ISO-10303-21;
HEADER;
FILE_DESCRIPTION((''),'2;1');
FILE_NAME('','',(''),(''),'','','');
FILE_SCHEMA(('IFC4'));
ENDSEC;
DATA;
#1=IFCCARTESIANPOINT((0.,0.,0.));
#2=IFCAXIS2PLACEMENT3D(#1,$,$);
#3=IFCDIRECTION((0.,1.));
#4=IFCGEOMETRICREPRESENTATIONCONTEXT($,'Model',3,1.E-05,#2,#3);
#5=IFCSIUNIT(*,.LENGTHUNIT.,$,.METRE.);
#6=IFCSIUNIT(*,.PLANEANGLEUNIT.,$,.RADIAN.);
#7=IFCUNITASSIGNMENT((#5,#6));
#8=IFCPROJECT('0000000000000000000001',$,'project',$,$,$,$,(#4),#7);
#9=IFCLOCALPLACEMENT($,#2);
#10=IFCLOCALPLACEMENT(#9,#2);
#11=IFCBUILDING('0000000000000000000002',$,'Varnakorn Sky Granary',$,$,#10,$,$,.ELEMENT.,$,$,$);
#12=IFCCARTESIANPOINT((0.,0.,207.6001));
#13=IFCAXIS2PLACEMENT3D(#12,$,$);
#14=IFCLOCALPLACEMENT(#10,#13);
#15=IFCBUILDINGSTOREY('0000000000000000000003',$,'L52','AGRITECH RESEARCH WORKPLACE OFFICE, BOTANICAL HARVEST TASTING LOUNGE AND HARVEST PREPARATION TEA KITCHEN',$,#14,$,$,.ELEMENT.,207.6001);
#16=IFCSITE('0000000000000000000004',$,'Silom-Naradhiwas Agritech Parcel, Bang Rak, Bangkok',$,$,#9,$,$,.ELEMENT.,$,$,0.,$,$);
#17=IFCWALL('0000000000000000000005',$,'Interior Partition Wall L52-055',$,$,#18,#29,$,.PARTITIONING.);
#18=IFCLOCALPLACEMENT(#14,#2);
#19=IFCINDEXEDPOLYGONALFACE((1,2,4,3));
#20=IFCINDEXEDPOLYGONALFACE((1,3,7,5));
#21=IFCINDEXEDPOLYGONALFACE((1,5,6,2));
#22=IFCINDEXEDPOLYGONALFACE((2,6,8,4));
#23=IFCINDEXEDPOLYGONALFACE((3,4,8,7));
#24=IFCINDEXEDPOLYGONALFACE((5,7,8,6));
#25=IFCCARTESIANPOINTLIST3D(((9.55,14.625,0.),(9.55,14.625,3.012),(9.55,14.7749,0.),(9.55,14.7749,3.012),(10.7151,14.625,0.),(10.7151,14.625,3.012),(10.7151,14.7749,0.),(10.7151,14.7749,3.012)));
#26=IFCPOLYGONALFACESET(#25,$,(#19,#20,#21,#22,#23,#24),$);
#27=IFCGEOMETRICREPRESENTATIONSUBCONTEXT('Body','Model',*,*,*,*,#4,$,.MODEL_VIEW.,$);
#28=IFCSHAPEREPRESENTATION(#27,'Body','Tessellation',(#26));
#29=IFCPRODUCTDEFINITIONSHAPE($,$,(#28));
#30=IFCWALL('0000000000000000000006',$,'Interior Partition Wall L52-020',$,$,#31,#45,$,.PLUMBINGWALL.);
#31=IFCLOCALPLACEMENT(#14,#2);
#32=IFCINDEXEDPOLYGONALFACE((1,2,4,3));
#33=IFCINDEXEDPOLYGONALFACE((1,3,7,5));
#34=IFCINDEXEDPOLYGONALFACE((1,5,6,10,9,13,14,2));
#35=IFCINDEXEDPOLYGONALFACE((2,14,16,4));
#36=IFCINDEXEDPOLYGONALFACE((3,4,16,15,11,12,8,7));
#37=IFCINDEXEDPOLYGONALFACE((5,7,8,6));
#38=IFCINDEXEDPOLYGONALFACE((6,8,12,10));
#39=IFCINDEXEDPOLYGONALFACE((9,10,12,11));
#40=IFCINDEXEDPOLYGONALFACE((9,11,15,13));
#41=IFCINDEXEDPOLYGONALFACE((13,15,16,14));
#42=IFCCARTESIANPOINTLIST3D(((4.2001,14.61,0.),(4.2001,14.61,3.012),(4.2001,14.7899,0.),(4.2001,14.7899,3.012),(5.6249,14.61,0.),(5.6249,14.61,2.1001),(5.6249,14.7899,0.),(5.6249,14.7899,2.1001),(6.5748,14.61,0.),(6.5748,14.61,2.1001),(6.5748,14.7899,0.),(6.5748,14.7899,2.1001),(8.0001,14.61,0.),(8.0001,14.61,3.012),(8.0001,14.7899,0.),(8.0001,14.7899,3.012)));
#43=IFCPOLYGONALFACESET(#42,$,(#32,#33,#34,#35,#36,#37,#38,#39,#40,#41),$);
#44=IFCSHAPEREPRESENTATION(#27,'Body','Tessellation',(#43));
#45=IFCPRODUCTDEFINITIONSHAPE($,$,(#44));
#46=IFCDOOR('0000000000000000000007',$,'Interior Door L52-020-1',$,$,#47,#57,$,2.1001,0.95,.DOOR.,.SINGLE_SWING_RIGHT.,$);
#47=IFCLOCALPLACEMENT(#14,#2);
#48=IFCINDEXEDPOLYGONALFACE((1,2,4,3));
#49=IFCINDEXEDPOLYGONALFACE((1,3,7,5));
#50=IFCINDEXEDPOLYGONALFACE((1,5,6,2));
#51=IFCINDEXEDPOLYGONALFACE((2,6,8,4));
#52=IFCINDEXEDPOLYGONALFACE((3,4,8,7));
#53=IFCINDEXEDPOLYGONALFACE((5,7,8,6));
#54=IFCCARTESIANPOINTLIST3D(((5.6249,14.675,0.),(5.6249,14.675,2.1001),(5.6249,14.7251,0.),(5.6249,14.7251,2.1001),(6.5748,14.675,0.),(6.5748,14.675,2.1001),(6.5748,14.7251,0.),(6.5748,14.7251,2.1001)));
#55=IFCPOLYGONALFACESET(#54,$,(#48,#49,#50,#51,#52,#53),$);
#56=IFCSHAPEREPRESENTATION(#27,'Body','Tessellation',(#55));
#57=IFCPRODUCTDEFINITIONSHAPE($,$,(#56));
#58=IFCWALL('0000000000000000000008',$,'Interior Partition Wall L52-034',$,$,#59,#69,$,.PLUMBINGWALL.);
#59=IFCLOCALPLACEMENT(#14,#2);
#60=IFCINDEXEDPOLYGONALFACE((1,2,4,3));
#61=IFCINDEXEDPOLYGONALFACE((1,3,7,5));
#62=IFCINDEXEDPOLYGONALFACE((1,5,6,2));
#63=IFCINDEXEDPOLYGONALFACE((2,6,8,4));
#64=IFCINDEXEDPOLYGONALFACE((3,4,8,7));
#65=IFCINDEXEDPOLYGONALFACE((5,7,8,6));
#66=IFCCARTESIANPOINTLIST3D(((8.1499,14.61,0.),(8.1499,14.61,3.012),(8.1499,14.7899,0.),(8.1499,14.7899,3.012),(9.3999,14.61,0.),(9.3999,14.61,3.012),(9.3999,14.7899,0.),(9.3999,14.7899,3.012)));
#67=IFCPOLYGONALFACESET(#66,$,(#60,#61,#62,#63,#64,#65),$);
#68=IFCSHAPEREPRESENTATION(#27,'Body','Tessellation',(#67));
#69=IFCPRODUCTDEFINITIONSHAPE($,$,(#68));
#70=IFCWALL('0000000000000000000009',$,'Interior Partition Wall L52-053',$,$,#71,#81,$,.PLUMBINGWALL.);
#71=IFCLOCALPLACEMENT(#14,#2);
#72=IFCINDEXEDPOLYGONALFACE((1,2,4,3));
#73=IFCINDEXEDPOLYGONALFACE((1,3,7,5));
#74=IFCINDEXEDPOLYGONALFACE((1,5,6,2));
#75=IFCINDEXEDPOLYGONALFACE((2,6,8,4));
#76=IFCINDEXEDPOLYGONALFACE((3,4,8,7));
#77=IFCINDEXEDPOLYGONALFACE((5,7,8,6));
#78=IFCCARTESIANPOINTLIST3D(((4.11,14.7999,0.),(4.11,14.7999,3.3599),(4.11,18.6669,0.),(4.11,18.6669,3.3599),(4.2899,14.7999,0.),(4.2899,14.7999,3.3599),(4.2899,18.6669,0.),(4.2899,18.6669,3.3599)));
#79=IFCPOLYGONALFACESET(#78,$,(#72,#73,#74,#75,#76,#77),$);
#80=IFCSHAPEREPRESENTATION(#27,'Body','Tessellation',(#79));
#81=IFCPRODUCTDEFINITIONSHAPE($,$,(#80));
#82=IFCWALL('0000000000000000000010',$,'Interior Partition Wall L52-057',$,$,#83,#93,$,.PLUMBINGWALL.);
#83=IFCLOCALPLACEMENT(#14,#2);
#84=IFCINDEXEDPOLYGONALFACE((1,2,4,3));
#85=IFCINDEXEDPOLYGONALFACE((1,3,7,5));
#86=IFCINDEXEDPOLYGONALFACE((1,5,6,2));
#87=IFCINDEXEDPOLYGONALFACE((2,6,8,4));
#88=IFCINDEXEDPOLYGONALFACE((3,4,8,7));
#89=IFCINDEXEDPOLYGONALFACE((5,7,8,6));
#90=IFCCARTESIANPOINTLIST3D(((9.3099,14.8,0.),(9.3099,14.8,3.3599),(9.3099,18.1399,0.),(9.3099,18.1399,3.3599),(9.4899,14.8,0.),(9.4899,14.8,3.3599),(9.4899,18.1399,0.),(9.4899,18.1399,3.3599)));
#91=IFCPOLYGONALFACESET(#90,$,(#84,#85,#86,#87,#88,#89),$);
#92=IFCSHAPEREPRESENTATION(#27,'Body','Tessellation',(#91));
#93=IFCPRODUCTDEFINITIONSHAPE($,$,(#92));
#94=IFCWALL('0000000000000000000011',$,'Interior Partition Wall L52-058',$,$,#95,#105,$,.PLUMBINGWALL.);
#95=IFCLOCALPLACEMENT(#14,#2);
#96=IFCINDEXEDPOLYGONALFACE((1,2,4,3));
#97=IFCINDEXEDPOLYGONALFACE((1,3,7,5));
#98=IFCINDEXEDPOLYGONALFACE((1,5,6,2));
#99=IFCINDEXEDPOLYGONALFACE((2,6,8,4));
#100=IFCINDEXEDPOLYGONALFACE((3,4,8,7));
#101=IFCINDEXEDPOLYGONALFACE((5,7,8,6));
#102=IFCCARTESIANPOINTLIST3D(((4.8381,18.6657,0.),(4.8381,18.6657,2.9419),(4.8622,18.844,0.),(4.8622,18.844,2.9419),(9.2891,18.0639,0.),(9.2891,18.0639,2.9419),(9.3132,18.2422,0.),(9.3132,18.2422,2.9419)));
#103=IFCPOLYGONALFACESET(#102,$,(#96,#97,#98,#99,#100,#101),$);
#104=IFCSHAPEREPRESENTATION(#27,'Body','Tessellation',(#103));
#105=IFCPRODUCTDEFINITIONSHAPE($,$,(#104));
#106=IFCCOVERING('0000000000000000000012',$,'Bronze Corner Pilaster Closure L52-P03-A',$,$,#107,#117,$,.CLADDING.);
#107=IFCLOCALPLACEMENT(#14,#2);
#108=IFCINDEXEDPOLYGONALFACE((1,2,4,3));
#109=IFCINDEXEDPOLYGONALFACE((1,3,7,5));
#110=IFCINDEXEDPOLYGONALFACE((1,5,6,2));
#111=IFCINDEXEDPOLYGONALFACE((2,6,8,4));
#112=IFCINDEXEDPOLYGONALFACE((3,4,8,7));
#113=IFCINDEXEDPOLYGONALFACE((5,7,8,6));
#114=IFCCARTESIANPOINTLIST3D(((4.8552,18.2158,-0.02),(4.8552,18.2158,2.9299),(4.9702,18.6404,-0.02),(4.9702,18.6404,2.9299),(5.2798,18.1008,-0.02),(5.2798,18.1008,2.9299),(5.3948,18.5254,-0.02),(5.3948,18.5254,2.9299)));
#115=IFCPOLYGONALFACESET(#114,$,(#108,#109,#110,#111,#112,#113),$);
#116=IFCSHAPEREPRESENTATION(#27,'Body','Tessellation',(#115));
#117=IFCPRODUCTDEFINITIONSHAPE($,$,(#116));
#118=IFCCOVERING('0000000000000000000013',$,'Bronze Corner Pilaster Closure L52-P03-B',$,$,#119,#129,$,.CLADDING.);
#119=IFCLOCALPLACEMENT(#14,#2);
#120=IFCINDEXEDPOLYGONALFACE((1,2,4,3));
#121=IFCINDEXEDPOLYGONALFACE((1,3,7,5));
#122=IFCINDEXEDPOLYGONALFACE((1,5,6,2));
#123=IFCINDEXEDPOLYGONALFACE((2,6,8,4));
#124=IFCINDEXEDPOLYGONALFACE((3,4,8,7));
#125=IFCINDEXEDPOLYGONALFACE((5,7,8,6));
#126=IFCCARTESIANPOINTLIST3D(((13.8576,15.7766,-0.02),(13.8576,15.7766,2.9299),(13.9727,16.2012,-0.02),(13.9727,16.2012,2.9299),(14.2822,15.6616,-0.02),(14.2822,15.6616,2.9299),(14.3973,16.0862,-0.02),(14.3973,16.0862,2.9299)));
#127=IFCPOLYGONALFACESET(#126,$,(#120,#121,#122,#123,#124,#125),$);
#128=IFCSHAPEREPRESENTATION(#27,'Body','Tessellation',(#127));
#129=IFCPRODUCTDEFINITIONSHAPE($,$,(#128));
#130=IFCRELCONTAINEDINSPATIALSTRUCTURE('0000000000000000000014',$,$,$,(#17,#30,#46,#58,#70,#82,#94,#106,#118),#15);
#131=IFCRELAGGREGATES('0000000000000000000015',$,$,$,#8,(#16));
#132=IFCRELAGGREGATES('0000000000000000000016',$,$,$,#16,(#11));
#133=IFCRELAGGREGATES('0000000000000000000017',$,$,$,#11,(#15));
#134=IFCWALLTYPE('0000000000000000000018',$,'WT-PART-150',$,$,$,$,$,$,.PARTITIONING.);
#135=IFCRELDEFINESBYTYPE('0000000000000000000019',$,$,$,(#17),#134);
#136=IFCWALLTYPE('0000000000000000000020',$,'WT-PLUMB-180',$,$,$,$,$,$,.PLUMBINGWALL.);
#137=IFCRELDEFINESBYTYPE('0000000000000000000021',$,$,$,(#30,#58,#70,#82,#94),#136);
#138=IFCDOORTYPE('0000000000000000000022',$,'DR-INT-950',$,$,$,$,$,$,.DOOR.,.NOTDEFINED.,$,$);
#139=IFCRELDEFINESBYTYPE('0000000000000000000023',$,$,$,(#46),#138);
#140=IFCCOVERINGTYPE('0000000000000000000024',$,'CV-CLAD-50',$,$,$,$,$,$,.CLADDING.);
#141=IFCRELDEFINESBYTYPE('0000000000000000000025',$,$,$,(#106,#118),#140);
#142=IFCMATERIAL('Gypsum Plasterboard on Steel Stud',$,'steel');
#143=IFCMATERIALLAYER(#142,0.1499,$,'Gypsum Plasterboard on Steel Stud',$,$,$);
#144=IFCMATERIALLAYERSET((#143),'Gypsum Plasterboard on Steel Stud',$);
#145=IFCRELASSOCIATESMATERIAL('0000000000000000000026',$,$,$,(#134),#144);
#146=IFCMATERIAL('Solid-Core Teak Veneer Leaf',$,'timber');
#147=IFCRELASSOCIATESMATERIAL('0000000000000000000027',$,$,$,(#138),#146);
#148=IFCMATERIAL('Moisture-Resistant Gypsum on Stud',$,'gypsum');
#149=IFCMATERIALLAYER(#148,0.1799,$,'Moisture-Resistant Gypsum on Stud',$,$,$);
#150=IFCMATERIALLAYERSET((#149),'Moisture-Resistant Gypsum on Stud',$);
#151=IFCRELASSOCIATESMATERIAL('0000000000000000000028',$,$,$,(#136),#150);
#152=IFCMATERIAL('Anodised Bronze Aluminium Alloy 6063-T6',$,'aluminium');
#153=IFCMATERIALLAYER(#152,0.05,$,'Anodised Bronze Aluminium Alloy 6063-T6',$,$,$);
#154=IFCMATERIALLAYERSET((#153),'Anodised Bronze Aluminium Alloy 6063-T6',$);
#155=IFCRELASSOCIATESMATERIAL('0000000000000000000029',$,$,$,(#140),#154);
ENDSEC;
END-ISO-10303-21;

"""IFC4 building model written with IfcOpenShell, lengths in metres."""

from ifc_helpers import new_model, si_unit, direction, frame, frame_2d, origin, origin_2d, place, context, subcontext, project, spatial, rectangle, extrude, source, transform, mapped, material, layer, layer_set, type_object, type_shapes, element, fill, save


model = new_model("IFC4")

# Units and contexts
model_context = context("Model", 3, precision=1e-05, world=origin(), true_north=direction((0.0, 1.0)))
body_context = subcontext(model_context, "Body", "Model", "MODEL_VIEW")
ifc_project = project(units=[si_unit("LENGTHUNIT", "METRE"), si_unit("PLANEANGLEUNIT", "RADIAN")], contexts=[model_context])

# Site, building, storey
site_placement = place(None, origin())
site = spatial("IfcSite", under=ifc_project, at=site_placement, Name="Silom-Naradhiwas Agritech Parcel, Bang Rak, Bangkok", CompositionType="ELEMENT", RefElevation=0.0)
building_placement = place(site_placement, origin())
building = spatial("IfcBuilding", under=site, at=building_placement, Name="Varnakorn Sky Granary", CompositionType="ELEMENT")
storey_placement = place(building_placement, frame((0.0, 0.0, 207.6001)))
storey = spatial("IfcBuildingStorey", under=building, at=storey_placement, Name="L52", Description="AGRITECH RESEARCH WORKPLACE OFFICE, BOTANICAL HARVEST TASTING LOUNGE AND HARVEST PREPARATION TEA KITCHEN", CompositionType="ELEMENT", Elevation=207.6001)

# Shared definitions
ifc_material_1 = material(Name="Anodised Bronze Aluminium Alloy 6063-T6", Category="aluminium")

# Shared definitions
ifc_material_2 = material(Name="Gypsum Plasterboard on Steel Stud", Category="steel")
ifc_layer_1 = layer(ifc_material_2, 0.1499, Name="Gypsum Plasterboard on Steel Stud")
ifc_layer_set_1 = layer_set([ifc_layer_1], Name="Gypsum Plasterboard on Steel Stud")
wall_type_1 = type_object("IfcWallType", Name="WT-PART-150", PredefinedType="PARTITIONING", material=ifc_layer_set_1)
ifc_material_3 = material(Name="Solid-Core Teak Veneer Leaf", Category="timber")
door_type = type_object("IfcDoorType", Name="DR-INT-950", OperationType="NOTDEFINED", PredefinedType="DOOR", material=ifc_material_3)

# Wall
wall_1_placement = place(storey_placement, frame((10.7151, 14.7, 0.0), z_axis=(0.0, 0.0, 1.0), x_axis=(-1.0, 0.0, 0.0)))
element("IfcWall", 1, at=wall_1_placement, inside=storey, type_object=wall_type_1, Name="Interior Partition Wall L52-055", PredefinedType="PARTITIONING", context=body_context, shape_type="SweptSolid", body=[
    extrude(rectangle(XDim=1.165, YDim=0.1499, at=frame_2d((0.5825, 0.0))), origin(), (0.0, 0.0, 1.0), 3.012),
])

# Wall, opening, door
ifc_material_4 = material(Name="Moisture-Resistant Gypsum on Stud", Category="gypsum")
ifc_layer_2 = layer(ifc_material_4, 0.1799, Name="Moisture-Resistant Gypsum on Stud")
ifc_layer_set_2 = layer_set([ifc_layer_2], Name="Moisture-Resistant Gypsum on Stud")
wall_type_2 = type_object("IfcWallType", Name="WT-PLUMB-180", PredefinedType="PLUMBINGWALL", material=ifc_layer_set_2)
wall_2_placement = place(storey_placement, frame((8.0, 14.7, 0.0), z_axis=(0.0, 0.0, 1.0), x_axis=(-1.0, 0.0, 0.0)))
wall_2 = element("IfcWall", 2, at=wall_2_placement, inside=storey, type_object=wall_type_2, Name="Interior Partition Wall L52-020", PredefinedType="PLUMBINGWALL", context=body_context, shape_type="SweptSolid", body=[
    extrude(rectangle(XDim=3.8, YDim=0.1799, at=frame_2d((1.8999, 0.0))), origin(), (0.0, 0.0, 1.0), 3.012),
])
opening_1_placement = place(wall_2_placement, frame((1.425, 0.0, 0.0)))
opening_1 = element("IfcOpeningElement", 3, at=opening_1_placement, cuts=wall_2, PredefinedType="OPENING", context=body_context, shape_type="SweptSolid", body=[
    extrude(rectangle(XDim=0.95, YDim=2.1001, at=frame_2d((0.4751, 1.05))), frame((0.0, 0.1001, 0.0), z_axis=(0.0, -1.0, 0.0), x_axis=(1.0, 0.0, 0.0)), (0.0, 0.0, 1.0), 0.2),
])
door_1_placement = place(opening_1_placement, origin())
door_1 = element("IfcDoor", 4, at=door_1_placement, inside=storey, type_object=door_type, Name="Interior Door L52-020-1", OperationType="SINGLE_SWING_RIGHT", OverallHeight=2.1001, OverallWidth=0.95, PredefinedType="DOOR", context=body_context, shape_type="SweptSolid", body=[
    extrude(rectangle(XDim=0.95, YDim=2.1001, at=frame_2d((0.4751, 1.05))), frame((0.0, 0.0249, 0.0), z_axis=(0.0, -1.0, 0.0), x_axis=(1.0, 0.0, 0.0)), (0.0, 0.0, 1.0), 0.05),
])
fill(opening_1, door_1)

# Walls
wall_3_placement = place(storey_placement, frame((9.3999, 14.7, 0.0), z_axis=(0.0, 0.0, 1.0), x_axis=(-1.0, 0.0, 0.0)))
element("IfcWall", 5, at=wall_3_placement, inside=storey, type_object=wall_type_2, Name="Interior Partition Wall L52-034", PredefinedType="PLUMBINGWALL", context=body_context, shape_type="SweptSolid", body=[
    extrude(rectangle(XDim=1.25, YDim=0.1799, at=frame_2d((0.625, 0.0))), origin(), (0.0, 0.0, 1.0), 3.012),
])
wall_4_placement = place(storey_placement, frame((4.2, 18.667, 0.0), z_axis=(0.0, 0.0, 1.0), x_axis=(0.0, -1.0, 0.0)))
element("IfcWall", 6, at=wall_4_placement, inside=storey, type_object=wall_type_2, Name="Interior Partition Wall L52-053", PredefinedType="PLUMBINGWALL", context=body_context, shape_type="SweptSolid", body=[
    extrude(rectangle(XDim=3.8669, YDim=0.1799, at=frame_2d((1.9336, 0.0))), origin(), (0.0, 0.0, 1.0), 3.3599),
])
wall_5_placement = place(storey_placement, frame((9.3999, 14.8, 0.0), z_axis=(0.0, 0.0, 1.0), x_axis=(0.0, 1.0, 0.0)))
element("IfcWall", 7, at=wall_5_placement, inside=storey, type_object=wall_type_2, Name="Interior Partition Wall L52-057", PredefinedType="PLUMBINGWALL", context=body_context, shape_type="SweptSolid", body=[
    extrude(rectangle(XDim=3.3398, YDim=0.1799, at=frame_2d((1.6699, 0.0))), origin(), (0.0, 0.0, 1.0), 3.3599),
])
wall_6_placement = place(storey_placement, frame((9.301, 18.1531, 0.0), z_axis=(0.0, 0.0, 1.0), x_axis=(-0.990983, 0.13399, 0.0)))
element("IfcWall", 8, at=wall_6_placement, inside=storey, type_object=wall_type_2, Name="Interior Partition Wall L52-058", PredefinedType="PLUMBINGWALL", context=body_context, shape_type="SweptSolid", body=[
    extrude(rectangle(XDim=4.4915, YDim=0.1799, at=frame_2d((2.2456, 0.0))), origin(), (0.0, 0.0, 1.0), 2.9419),
])

# Coverings
ifc_layer_3 = layer(ifc_material_1, 0.05, Name="Anodised Bronze Aluminium Alloy 6063-T6")
ifc_layer_set_3 = layer_set([ifc_layer_3], Name="Anodised Bronze Aluminium Alloy 6063-T6")
covering_type = type_object("IfcCoveringType", Name="CV-CLAD-50", PredefinedType="CLADDING", material=ifc_layer_set_3)
shared_shape = source(origin(), body_context, "Body", "SweptSolid", [
    extrude(rectangle(XDim=0.4399, YDim=0.4399, at=origin_2d()), origin(), (0.0, 0.0, 1.0), 2.95),
])
type_shapes(covering_type, [shared_shape])
for number, where, z_axis, x_axis, name in (
    (9, (5.125, 18.3706, -0.02), (0.0, 0.0, 1.0), (0.965199, -0.261515, 0.0), "Bronze Corner Pilaster Closure L52-P03-A"),
    (10, (14.1274, 15.9314, -0.02), (0.0, 0.0, 1.0), (0.965199, -0.261515, 0.0), "Bronze Corner Pilaster Closure L52-P03-B"),
):
    element("IfcCovering", number, at=place(storey_placement, frame(where, z_axis=z_axis, x_axis=x_axis)), inside=storey, type_object=covering_type, Name=name, PredefinedType="CLADDING", context=body_context, shape_type="MappedRepresentation", body=[
        mapped(shared_shape, transform((0.0, 0.0, 0.0), x_axis=(1.0, 0.0, 0.0), y_axis=(0.0, 1.0, 0.0), z_axis=(0.0, 0.0, 1.0), scale=1.0)),
    ])

save(model, "model.ifc")
